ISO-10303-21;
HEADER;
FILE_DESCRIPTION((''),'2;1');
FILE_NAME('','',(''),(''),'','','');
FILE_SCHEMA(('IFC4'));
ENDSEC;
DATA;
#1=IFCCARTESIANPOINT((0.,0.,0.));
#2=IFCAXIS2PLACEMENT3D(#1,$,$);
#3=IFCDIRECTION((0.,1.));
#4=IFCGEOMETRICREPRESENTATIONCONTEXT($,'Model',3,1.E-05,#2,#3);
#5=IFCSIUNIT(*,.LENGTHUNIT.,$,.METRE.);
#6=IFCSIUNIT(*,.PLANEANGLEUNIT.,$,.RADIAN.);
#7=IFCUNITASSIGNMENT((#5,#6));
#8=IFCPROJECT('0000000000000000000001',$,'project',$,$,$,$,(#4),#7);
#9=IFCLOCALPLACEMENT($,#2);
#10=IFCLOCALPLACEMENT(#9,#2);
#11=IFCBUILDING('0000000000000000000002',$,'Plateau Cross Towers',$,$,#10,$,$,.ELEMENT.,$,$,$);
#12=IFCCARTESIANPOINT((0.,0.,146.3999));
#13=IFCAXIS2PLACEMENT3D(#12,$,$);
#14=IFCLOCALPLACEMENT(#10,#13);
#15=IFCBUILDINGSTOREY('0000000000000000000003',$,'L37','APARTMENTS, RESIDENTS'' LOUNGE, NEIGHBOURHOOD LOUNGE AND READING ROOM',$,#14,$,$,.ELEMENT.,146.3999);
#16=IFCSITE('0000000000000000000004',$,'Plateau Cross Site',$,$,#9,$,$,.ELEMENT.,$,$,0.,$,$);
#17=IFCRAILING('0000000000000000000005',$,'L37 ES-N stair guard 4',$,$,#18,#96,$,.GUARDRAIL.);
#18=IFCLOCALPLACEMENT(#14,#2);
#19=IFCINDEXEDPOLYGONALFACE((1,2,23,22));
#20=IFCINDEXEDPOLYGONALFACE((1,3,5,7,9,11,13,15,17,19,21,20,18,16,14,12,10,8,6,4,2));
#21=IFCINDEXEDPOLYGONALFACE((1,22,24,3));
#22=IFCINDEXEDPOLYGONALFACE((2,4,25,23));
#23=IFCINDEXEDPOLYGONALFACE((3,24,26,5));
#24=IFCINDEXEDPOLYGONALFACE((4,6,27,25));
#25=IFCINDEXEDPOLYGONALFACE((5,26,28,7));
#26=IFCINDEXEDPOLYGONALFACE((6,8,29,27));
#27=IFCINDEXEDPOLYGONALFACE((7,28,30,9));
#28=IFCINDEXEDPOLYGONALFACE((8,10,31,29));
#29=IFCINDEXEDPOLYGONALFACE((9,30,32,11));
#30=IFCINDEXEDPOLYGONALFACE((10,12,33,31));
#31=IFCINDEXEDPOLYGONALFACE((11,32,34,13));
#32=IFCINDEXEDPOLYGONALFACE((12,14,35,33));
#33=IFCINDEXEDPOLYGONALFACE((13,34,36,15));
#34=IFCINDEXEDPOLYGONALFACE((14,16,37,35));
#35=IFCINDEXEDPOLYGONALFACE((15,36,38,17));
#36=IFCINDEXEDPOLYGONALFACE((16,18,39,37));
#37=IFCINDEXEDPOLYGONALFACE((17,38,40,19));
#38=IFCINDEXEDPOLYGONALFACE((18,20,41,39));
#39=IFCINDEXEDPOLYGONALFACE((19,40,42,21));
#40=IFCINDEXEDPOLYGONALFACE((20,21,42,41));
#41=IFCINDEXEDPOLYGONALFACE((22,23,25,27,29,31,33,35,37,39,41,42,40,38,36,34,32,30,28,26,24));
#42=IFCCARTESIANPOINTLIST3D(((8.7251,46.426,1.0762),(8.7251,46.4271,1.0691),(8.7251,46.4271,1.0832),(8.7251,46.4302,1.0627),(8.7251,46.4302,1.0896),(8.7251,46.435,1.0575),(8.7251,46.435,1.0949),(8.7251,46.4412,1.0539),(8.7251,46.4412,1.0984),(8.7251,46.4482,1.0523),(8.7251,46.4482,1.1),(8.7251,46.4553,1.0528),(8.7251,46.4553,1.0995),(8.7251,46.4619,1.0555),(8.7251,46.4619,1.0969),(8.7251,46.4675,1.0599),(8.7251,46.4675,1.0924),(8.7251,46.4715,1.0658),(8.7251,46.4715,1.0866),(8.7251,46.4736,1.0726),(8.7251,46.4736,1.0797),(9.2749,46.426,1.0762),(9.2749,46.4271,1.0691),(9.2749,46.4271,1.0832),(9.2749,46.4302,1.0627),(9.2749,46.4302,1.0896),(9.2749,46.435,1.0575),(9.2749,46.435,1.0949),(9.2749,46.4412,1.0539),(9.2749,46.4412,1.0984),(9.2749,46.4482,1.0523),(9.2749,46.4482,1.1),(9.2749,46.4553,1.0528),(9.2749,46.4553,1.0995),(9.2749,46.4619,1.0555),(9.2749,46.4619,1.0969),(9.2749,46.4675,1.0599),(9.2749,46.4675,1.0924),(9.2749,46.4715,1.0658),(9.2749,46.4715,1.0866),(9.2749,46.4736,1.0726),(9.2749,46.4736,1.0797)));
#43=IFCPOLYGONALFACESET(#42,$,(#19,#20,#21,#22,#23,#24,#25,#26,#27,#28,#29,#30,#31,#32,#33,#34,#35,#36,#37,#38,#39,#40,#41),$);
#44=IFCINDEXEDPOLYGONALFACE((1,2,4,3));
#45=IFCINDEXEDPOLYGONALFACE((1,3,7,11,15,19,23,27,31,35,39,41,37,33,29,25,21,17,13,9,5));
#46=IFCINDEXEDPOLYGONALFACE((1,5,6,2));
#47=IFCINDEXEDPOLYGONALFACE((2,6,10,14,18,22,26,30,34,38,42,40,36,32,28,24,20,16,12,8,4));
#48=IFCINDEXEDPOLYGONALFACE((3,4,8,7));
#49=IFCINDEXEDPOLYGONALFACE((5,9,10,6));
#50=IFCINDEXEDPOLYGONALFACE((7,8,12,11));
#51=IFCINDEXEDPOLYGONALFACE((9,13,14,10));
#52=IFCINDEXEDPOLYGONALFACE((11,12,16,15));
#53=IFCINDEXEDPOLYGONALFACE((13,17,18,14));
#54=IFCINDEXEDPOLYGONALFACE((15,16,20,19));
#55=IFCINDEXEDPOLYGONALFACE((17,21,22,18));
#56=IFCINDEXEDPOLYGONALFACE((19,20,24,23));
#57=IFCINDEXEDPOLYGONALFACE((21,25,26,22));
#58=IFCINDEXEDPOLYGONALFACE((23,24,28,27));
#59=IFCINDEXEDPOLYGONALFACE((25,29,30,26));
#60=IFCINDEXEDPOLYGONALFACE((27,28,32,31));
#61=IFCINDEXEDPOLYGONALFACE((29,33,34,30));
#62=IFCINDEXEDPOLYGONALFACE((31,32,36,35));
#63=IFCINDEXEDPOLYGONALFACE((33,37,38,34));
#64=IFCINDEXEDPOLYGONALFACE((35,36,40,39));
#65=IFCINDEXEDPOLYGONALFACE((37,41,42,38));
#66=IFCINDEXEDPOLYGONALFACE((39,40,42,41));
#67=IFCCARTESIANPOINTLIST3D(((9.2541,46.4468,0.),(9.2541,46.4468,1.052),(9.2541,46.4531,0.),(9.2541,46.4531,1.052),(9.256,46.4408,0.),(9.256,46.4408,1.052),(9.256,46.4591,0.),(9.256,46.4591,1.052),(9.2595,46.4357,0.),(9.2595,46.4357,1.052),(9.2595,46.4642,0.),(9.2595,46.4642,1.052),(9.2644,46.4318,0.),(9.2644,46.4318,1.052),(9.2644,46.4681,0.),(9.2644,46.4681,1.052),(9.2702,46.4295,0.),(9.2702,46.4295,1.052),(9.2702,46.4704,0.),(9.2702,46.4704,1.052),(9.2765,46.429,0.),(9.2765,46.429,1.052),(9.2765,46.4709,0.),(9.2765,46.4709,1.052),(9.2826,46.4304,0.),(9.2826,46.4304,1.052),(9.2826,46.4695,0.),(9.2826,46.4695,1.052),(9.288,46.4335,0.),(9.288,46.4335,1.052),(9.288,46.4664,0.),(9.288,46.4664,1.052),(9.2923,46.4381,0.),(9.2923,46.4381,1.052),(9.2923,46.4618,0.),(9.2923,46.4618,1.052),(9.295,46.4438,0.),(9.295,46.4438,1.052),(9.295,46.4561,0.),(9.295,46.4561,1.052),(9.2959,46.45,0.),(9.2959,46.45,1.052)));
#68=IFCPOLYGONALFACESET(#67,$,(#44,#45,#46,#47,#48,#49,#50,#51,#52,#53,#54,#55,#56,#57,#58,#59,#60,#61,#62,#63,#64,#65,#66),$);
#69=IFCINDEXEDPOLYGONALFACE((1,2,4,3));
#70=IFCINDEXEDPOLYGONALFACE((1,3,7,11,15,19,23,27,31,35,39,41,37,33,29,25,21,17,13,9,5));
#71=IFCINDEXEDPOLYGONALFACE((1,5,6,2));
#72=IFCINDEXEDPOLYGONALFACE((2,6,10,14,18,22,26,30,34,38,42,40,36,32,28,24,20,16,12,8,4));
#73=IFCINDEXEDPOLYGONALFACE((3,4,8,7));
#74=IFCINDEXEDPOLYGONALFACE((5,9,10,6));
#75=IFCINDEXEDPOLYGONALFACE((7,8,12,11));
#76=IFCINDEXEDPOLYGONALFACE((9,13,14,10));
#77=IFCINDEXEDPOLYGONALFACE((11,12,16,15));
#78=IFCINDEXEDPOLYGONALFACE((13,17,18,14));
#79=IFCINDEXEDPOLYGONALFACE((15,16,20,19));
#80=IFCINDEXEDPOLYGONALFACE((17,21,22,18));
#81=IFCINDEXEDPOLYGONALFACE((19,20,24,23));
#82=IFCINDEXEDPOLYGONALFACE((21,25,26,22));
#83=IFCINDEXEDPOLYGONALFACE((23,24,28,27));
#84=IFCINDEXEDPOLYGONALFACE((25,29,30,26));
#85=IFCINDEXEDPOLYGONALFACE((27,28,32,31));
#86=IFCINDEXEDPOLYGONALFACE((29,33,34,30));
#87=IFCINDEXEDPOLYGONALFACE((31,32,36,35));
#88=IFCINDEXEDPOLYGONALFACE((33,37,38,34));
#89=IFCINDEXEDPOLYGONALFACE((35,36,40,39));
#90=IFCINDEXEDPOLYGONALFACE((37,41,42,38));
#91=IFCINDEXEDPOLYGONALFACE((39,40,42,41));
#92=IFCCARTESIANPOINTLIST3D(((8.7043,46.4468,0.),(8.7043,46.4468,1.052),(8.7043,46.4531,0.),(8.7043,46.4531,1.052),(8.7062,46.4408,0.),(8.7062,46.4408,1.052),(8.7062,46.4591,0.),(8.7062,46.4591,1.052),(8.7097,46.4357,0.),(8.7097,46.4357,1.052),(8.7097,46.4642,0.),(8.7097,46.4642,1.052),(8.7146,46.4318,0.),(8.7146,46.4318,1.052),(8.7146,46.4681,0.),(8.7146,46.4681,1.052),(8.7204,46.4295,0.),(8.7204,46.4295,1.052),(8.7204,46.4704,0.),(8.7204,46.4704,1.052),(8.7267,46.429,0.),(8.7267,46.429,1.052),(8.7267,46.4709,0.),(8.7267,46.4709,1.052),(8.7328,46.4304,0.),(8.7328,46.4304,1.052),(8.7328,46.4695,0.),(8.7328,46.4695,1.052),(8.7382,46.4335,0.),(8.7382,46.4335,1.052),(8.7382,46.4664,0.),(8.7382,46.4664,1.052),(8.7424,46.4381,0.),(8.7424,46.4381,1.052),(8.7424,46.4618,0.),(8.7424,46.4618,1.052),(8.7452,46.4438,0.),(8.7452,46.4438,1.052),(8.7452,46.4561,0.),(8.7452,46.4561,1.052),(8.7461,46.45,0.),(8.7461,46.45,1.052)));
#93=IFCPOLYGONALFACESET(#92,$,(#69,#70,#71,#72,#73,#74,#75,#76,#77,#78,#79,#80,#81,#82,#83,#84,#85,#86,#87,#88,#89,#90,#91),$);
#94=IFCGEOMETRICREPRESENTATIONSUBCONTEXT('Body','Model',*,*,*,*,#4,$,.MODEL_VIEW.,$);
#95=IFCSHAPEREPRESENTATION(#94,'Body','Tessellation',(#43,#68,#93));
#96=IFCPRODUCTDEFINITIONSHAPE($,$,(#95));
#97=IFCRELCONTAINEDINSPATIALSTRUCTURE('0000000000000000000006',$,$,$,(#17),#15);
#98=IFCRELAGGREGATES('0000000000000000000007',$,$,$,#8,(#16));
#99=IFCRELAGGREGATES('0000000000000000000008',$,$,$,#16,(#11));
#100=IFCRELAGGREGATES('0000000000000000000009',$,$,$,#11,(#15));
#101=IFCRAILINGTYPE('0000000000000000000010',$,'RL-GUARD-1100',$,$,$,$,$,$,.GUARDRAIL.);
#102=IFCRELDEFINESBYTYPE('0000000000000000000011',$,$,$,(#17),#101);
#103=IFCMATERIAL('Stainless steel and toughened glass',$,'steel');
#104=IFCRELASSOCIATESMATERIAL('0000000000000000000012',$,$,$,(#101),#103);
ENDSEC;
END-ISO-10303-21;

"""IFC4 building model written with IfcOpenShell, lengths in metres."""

from ifc_helpers import new_model, si_unit, direction, frame, origin, origin_2d, place, context, subcontext, project, spatial, circle, extrude, material, type_object, element, save


model = new_model("IFC4")

# Units and contexts
model_context = context("Model", 3, precision=1e-05, world=origin(), true_north=direction((0.0, 1.0)))
body_context = subcontext(model_context, "Body", "Model", "MODEL_VIEW")
ifc_project = project(units=[si_unit("LENGTHUNIT", "METRE"), si_unit("PLANEANGLEUNIT", "RADIAN")], contexts=[model_context])

# Site, building, storey
site_placement = place(None, origin())
site = spatial("IfcSite", under=ifc_project, at=site_placement, Name="Plateau Cross Site", CompositionType="ELEMENT", RefElevation=0.0)
building_placement = place(site_placement, origin())
building = spatial("IfcBuilding", under=site, at=building_placement, Name="Plateau Cross Towers", CompositionType="ELEMENT")
storey_placement = place(building_placement, frame((0.0, 0.0, 146.3999)))
storey = spatial("IfcBuildingStorey", under=building, at=storey_placement, Name="L37", Description="APARTMENTS, RESIDENTS' LOUNGE, NEIGHBOURHOOD LOUNGE AND READING ROOM", CompositionType="ELEMENT", Elevation=146.3999)

# Railing
ifc_material_1 = material(Name="Stainless steel and toughened glass", Category="steel")
railing_type_1 = type_object("IfcRailingType", Name="RL-GUARD-1100", PredefinedType="GUARDRAIL", material=ifc_material_1)
railing_1_placement = place(storey_placement, frame((9.2749, 46.45, 0.0)))
element("IfcRailing", 1, at=railing_1_placement, inside=storey, type_object=railing_type_1, Name="L37 ES-N stair guard 4", PredefinedType="GUARDRAIL", context=body_context, shape_type="SweptSolid", body=[
    extrude(circle(Radius=0.0239, at=origin_2d()), frame((0.0, 0.0, 1.0762), z_axis=(-1.0, 0.0, 0.0), x_axis=(0.0, -1.0, 0.0)), (0.0, 0.0, 1.0), 0.5498),
    extrude(circle(Radius=0.021, at=origin_2d()), origin(), (0.0, 0.0, 1.0), 1.052),
    extrude(circle(Radius=0.021, at=origin_2d()), frame((-0.5498, 0.0, 0.0)), (0.0, 0.0, 1.0), 1.052),
])

save(model, "model.ifc")
